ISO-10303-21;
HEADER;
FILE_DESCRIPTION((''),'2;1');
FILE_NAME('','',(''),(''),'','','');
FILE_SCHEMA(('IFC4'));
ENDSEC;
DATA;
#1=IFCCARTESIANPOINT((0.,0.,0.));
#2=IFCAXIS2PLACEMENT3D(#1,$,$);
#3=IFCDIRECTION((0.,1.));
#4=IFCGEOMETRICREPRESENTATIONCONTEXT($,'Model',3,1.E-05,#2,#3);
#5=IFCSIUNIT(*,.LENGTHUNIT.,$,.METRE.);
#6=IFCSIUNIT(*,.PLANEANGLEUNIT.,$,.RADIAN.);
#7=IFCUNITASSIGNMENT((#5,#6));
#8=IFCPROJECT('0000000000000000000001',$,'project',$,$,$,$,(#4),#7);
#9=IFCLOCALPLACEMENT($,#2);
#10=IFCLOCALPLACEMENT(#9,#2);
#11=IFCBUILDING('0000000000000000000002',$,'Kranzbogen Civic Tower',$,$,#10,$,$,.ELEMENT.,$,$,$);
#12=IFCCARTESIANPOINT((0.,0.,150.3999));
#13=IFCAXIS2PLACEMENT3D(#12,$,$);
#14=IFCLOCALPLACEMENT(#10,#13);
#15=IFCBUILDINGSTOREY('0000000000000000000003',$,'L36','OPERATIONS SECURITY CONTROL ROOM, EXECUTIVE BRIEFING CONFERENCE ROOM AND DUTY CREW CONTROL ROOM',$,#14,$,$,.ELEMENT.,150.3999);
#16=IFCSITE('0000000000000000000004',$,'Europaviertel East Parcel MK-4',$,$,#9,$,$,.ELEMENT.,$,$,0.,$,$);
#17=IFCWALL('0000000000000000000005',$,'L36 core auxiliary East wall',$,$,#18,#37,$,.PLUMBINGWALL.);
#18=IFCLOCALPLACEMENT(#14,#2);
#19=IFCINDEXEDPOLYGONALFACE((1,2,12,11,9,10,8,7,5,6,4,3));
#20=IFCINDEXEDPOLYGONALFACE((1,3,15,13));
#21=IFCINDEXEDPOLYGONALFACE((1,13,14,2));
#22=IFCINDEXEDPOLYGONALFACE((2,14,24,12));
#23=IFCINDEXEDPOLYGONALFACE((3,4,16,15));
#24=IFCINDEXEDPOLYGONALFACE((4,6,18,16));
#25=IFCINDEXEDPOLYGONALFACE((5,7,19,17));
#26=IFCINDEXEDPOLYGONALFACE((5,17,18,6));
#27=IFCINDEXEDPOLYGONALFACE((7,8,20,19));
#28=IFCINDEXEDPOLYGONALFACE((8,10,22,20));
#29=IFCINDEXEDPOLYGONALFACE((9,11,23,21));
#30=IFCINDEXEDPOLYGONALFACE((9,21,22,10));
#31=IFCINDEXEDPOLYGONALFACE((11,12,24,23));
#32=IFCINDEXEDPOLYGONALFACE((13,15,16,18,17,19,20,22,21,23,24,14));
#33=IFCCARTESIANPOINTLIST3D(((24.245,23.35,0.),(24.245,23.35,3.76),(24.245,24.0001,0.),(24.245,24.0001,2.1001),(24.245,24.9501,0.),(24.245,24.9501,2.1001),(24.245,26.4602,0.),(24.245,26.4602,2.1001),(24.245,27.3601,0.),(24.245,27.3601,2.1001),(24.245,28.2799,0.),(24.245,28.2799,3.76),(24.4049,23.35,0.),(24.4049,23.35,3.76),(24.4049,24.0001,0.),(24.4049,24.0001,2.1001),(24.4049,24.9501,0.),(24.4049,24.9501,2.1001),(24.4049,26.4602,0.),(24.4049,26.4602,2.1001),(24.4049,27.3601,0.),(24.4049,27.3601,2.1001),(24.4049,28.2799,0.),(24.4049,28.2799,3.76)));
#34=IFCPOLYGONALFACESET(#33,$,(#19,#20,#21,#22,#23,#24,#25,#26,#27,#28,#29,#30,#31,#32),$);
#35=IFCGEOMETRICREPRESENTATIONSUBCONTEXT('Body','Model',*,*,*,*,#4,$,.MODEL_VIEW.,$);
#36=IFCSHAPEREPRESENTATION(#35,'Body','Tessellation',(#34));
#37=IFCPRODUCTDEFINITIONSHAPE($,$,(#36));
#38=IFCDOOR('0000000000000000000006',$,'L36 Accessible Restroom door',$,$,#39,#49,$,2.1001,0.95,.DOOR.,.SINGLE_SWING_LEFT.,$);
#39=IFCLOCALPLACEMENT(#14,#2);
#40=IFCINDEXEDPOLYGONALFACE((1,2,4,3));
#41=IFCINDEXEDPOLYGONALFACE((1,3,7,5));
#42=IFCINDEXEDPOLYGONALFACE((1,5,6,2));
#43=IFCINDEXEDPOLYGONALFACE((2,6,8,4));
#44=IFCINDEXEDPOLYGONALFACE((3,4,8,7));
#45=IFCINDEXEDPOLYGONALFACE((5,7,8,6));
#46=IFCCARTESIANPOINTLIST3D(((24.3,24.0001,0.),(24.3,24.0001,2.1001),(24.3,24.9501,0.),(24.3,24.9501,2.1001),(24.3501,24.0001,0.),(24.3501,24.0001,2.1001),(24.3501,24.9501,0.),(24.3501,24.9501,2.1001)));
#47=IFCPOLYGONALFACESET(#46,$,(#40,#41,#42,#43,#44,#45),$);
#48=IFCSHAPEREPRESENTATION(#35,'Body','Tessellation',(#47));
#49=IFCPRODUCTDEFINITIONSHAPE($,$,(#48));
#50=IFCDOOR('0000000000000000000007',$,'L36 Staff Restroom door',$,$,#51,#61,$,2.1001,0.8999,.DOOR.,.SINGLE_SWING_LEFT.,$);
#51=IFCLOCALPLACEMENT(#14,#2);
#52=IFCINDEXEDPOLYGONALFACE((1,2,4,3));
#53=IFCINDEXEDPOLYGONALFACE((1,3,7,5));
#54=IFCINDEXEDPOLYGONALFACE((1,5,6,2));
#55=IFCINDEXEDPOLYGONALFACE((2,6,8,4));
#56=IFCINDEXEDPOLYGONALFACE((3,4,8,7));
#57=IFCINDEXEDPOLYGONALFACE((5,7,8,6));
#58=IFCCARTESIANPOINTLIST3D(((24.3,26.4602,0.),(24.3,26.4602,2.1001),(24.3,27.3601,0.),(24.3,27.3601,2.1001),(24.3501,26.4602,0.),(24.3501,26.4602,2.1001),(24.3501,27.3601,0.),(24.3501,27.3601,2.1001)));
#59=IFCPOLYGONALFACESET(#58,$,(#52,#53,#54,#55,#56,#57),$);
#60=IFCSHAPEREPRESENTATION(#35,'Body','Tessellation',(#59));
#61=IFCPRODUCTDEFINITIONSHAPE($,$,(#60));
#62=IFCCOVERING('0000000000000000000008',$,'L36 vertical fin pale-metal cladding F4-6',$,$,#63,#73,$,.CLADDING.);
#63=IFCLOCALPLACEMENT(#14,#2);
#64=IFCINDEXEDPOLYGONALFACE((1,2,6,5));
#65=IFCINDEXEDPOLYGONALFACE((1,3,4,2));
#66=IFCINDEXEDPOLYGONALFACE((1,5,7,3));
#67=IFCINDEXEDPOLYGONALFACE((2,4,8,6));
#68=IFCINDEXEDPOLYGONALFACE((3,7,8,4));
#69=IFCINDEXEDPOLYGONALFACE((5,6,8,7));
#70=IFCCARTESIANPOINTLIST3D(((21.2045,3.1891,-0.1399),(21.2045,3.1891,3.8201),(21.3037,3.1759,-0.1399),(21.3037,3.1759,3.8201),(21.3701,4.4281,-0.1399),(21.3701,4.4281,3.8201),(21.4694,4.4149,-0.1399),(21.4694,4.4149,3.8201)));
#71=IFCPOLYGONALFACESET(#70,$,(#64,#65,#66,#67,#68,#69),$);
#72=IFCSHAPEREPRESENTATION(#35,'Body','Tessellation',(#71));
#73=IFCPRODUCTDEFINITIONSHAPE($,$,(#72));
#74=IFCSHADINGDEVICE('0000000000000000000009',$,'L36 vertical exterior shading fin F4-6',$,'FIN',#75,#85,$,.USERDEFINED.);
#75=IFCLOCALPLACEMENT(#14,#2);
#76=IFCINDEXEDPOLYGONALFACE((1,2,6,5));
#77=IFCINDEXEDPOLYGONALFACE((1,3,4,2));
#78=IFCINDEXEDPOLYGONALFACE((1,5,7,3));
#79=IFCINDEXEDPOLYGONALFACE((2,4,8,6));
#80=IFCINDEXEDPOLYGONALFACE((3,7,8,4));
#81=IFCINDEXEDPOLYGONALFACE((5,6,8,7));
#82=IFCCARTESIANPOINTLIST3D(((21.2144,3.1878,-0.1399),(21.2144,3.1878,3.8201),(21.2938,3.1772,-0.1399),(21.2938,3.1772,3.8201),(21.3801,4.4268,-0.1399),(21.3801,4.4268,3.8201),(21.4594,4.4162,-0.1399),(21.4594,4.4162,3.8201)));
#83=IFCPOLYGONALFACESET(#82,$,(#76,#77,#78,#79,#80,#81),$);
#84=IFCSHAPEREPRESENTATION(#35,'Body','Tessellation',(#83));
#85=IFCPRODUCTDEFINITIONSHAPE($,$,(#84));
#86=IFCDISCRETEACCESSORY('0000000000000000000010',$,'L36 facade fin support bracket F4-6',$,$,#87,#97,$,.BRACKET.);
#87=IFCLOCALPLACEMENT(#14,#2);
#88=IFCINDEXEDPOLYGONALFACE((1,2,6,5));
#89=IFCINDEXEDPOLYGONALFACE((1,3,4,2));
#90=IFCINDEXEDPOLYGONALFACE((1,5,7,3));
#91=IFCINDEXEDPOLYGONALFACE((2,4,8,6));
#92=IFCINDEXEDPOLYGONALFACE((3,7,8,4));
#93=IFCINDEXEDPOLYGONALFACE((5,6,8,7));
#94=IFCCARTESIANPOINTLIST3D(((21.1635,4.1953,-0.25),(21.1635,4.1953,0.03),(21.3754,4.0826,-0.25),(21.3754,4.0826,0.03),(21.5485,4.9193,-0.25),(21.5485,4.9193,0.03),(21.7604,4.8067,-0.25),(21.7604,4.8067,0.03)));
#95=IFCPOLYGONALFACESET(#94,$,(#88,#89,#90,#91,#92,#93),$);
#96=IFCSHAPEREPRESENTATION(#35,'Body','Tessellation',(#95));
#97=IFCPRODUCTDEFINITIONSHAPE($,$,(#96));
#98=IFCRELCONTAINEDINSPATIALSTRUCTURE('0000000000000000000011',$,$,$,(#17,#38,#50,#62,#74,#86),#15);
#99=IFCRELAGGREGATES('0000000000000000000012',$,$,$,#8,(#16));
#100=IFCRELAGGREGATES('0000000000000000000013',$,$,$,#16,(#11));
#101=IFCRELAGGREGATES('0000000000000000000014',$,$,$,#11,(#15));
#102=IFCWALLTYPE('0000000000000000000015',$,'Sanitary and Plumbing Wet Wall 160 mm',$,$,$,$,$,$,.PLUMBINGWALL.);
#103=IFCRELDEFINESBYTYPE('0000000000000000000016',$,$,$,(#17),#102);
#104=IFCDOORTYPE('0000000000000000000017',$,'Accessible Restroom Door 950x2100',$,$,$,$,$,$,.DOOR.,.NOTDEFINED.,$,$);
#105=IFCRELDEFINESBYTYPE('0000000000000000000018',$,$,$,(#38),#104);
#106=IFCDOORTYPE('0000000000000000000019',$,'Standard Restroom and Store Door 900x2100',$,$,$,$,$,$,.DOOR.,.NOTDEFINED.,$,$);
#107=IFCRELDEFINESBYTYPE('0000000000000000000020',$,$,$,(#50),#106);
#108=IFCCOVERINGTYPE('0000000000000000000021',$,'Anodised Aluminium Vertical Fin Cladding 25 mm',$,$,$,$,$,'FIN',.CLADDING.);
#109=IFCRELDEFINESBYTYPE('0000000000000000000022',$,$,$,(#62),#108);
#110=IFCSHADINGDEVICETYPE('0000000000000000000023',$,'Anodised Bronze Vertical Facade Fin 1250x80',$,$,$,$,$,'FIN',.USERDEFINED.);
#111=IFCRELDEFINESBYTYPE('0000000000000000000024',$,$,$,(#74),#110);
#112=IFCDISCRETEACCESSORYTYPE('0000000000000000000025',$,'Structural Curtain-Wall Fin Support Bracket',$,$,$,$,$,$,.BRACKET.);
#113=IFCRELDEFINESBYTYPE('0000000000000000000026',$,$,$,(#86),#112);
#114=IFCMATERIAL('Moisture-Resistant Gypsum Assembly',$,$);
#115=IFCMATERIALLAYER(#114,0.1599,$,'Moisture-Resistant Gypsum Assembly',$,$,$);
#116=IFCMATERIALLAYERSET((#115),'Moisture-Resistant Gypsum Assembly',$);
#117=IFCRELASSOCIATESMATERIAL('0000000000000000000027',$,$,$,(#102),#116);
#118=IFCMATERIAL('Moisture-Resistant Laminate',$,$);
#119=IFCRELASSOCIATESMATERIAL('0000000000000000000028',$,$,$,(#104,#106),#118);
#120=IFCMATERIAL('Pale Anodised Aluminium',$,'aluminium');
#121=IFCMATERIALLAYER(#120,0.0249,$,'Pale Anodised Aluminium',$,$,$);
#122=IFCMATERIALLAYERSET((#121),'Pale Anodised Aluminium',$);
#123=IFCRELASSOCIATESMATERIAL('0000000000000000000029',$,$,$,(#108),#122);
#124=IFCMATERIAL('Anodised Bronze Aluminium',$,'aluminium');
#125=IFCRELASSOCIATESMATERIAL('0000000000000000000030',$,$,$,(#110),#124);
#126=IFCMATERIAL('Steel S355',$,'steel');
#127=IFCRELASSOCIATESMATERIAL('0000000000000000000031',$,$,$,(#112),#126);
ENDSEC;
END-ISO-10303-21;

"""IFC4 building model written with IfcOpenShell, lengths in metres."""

from ifc_helpers import new_model, si_unit, direction, frame, frame_2d, origin, origin_2d, place, context, subcontext, project, spatial, rectangle, extrude, material, layer, layer_set, type_object, element, fill, save


model = new_model("IFC4")

# Units and contexts
model_context = context("Model", 3, precision=1e-05, world=origin(), true_north=direction((0.0, 1.0)))
body_context = subcontext(model_context, "Body", "Model", "MODEL_VIEW")
ifc_project = project(units=[si_unit("LENGTHUNIT", "METRE"), si_unit("PLANEANGLEUNIT", "RADIAN")], contexts=[model_context])

# Site, building, storey
site_placement = place(None, origin())
site = spatial("IfcSite", under=ifc_project, at=site_placement, Name="Europaviertel East Parcel MK-4", CompositionType="ELEMENT", RefElevation=0.0)
building_placement = place(site_placement, origin())
building = spatial("IfcBuilding", under=site, at=building_placement, Name="Kranzbogen Civic Tower", CompositionType="ELEMENT")
storey_placement = place(building_placement, frame((0.0, 0.0, 150.3999)))
storey = spatial("IfcBuildingStorey", under=building, at=storey_placement, Name="L36", Description="OPERATIONS SECURITY CONTROL ROOM, EXECUTIVE BRIEFING CONFERENCE ROOM AND DUTY CREW CONTROL ROOM", CompositionType="ELEMENT", Elevation=150.3999)

# Shared definitions
ifc_material_1 = material(Name="Steel S355", Category="steel")

# Shared definitions
ifc_material_2 = material(Name="Pale Anodised Aluminium", Category="aluminium")

# Wall, openings, doors
ifc_material_3 = material(Name="Moisture-Resistant Gypsum Assembly")
ifc_layer_1 = layer(ifc_material_3, 0.1599, Name="Moisture-Resistant Gypsum Assembly")
ifc_layer_set_1 = layer_set([ifc_layer_1], Name="Moisture-Resistant Gypsum Assembly")
wall_type_1 = type_object("IfcWallType", Name="Sanitary and Plumbing Wet Wall 160 mm", PredefinedType="PLUMBINGWALL", material=ifc_layer_set_1)
wall_1_placement = place(storey_placement, frame((24.325, 23.3501, 0.0), z_axis=(0.0, 0.0, 1.0), x_axis=(0.0, 1.0, 0.0)))
wall_1 = element("IfcWall", 1, at=wall_1_placement, inside=storey, type_object=wall_type_1, Name="L36 core auxiliary East wall", PredefinedType="PLUMBINGWALL", context=body_context, shape_type="SweptSolid", body=[
    extrude(rectangle(XDim=4.9299, YDim=0.1599, at=frame_2d((2.4648, 0.0))), origin(), (0.0, 0.0, 1.0), 3.76),
])
opening_1_placement = place(wall_1_placement, frame((0.6499, 0.0, 0.0)))
opening_1 = element("IfcOpeningElement", 2, at=opening_1_placement, cuts=wall_1, PredefinedType="OPENING", context=body_context, shape_type="SweptSolid", body=[
    extrude(rectangle(XDim=0.95, YDim=2.1001, at=frame_2d((0.4751, 1.05))), frame((0.0, 0.0898, 0.0), z_axis=(0.0, -1.0, 0.0), x_axis=(1.0, 0.0, 0.0)), (0.0, 0.0, 1.0), 0.1799),
])
opening_2_placement = place(wall_1_placement, frame((3.1101, 0.0, 0.0)))
opening_2 = element("IfcOpeningElement", 3, at=opening_2_placement, cuts=wall_1, PredefinedType="OPENING", context=body_context, shape_type="SweptSolid", body=[
    extrude(rectangle(XDim=0.8999, YDim=2.1001, at=frame_2d((0.45, 1.05))), frame((0.0, 0.0898, 0.0), z_axis=(0.0, -1.0, 0.0), x_axis=(1.0, 0.0, 0.0)), (0.0, 0.0, 1.0), 0.1799),
])
ifc_material_4 = material(Name="Moisture-Resistant Laminate")
door_type_1 = type_object("IfcDoorType", Name="Accessible Restroom Door 950x2100", OperationType="NOTDEFINED", PredefinedType="DOOR", material=ifc_material_4)
door_1_placement = place(opening_1_placement, origin())
door_1 = element("IfcDoor", 4, at=door_1_placement, inside=storey, type_object=door_type_1, Name="L36 Accessible Restroom door", OperationType="SINGLE_SWING_LEFT", OverallHeight=2.1001, OverallWidth=0.95, PredefinedType="DOOR", context=body_context, shape_type="SweptSolid", body=[
    extrude(rectangle(XDim=0.95, YDim=2.1001, at=frame_2d((0.4751, 1.05))), frame((0.0, 0.0249, 0.0), z_axis=(0.0, -1.0, 0.0), x_axis=(1.0, 0.0, 0.0)), (0.0, 0.0, 1.0), 0.05),
])
fill(opening_1, door_1)
door_type_2 = type_object("IfcDoorType", Name="Standard Restroom and Store Door 900x2100", OperationType="NOTDEFINED", PredefinedType="DOOR", material=ifc_material_4)
door_2_placement = place(opening_2_placement, origin())
door_2 = element("IfcDoor", 5, at=door_2_placement, inside=storey, type_object=door_type_2, Name="L36 Staff Restroom door", OperationType="SINGLE_SWING_LEFT", OverallHeight=2.1001, OverallWidth=0.8999, PredefinedType="DOOR", context=body_context, shape_type="SweptSolid", body=[
    extrude(rectangle(XDim=0.8999, YDim=2.1001, at=frame_2d((0.45, 1.05))), frame((0.0, 0.0249, 0.0), z_axis=(0.0, -1.0, 0.0), x_axis=(1.0, 0.0, 0.0)), (0.0, 0.0, 1.0), 0.05),
])
fill(opening_2, door_2)

# Covering
ifc_layer_2 = layer(ifc_material_2, 0.0249, Name="Pale Anodised Aluminium")
ifc_layer_set_2 = layer_set([ifc_layer_2], Name="Pale Anodised Aluminium")
covering_type = type_object("IfcCoveringType", Name="Anodised Aluminium Vertical Fin Cladding 25 mm", ElementType="FIN", PredefinedType="CLADDING", material=ifc_layer_set_2)
covering_placement = place(storey_placement, frame((21.3369, 3.802, -0.1399), z_axis=(0.0, 0.0, 1.0), x_axis=(-0.132533, -0.991179, 0.0)))
element("IfcCovering", 6, at=covering_placement, inside=storey, type_object=covering_type, Name="L36 vertical fin pale-metal cladding F4-6", PredefinedType="CLADDING", context=body_context, shape_type="SweptSolid", body=[
    extrude(rectangle(XDim=1.25, YDim=0.1001, at=origin_2d()), origin(), (0.0, 0.0, 1.0), 3.96),
])

# Shading device
ifc_material_5 = material(Name="Anodised Bronze Aluminium", Category="aluminium")
shading_device_type = type_object("IfcShadingDeviceType", Name="Anodised Bronze Vertical Facade Fin 1250x80", ElementType="FIN", PredefinedType="USERDEFINED", material=ifc_material_5)
shading_device_placement = place(storey_placement, frame((21.3369, 3.802, -0.1399), z_axis=(0.0, 0.0, 1.0), x_axis=(-0.132533, -0.991179, 0.0)))
element("IfcShadingDevice", 7, at=shading_device_placement, inside=storey, type_object=shading_device_type, Name="L36 vertical exterior shading fin F4-6", ObjectType="FIN", PredefinedType="USERDEFINED", context=body_context, shape_type="SweptSolid", body=[
    extrude(rectangle(XDim=1.25, YDim=0.0801, at=origin_2d()), origin(), (0.0, 0.0, 1.0), 3.96),
])

# Discrete accessory
discrete_accessory_type = type_object("IfcDiscreteAccessoryType", Name="Structural Curtain-Wall Fin Support Bracket", PredefinedType="BRACKET", material=ifc_material_1)
discrete_accessory_placement = place(storey_placement, frame((21.4619, 4.501, -0.25), z_axis=(0.0, 0.0, 1.0), x_axis=(-0.469472, -0.882948, 0.0)))
element("IfcDiscreteAccessory", 8, at=discrete_accessory_placement, inside=storey, type_object=discrete_accessory_type, Name="L36 facade fin support bracket F4-6", PredefinedType="BRACKET", context=body_context, shape_type="SweptSolid", body=[
    extrude(rectangle(XDim=0.8201, YDim=0.24, at=origin_2d()), origin(), (0.0, 0.0, 1.0), 0.28),
])

save(model, "model.ifc")
